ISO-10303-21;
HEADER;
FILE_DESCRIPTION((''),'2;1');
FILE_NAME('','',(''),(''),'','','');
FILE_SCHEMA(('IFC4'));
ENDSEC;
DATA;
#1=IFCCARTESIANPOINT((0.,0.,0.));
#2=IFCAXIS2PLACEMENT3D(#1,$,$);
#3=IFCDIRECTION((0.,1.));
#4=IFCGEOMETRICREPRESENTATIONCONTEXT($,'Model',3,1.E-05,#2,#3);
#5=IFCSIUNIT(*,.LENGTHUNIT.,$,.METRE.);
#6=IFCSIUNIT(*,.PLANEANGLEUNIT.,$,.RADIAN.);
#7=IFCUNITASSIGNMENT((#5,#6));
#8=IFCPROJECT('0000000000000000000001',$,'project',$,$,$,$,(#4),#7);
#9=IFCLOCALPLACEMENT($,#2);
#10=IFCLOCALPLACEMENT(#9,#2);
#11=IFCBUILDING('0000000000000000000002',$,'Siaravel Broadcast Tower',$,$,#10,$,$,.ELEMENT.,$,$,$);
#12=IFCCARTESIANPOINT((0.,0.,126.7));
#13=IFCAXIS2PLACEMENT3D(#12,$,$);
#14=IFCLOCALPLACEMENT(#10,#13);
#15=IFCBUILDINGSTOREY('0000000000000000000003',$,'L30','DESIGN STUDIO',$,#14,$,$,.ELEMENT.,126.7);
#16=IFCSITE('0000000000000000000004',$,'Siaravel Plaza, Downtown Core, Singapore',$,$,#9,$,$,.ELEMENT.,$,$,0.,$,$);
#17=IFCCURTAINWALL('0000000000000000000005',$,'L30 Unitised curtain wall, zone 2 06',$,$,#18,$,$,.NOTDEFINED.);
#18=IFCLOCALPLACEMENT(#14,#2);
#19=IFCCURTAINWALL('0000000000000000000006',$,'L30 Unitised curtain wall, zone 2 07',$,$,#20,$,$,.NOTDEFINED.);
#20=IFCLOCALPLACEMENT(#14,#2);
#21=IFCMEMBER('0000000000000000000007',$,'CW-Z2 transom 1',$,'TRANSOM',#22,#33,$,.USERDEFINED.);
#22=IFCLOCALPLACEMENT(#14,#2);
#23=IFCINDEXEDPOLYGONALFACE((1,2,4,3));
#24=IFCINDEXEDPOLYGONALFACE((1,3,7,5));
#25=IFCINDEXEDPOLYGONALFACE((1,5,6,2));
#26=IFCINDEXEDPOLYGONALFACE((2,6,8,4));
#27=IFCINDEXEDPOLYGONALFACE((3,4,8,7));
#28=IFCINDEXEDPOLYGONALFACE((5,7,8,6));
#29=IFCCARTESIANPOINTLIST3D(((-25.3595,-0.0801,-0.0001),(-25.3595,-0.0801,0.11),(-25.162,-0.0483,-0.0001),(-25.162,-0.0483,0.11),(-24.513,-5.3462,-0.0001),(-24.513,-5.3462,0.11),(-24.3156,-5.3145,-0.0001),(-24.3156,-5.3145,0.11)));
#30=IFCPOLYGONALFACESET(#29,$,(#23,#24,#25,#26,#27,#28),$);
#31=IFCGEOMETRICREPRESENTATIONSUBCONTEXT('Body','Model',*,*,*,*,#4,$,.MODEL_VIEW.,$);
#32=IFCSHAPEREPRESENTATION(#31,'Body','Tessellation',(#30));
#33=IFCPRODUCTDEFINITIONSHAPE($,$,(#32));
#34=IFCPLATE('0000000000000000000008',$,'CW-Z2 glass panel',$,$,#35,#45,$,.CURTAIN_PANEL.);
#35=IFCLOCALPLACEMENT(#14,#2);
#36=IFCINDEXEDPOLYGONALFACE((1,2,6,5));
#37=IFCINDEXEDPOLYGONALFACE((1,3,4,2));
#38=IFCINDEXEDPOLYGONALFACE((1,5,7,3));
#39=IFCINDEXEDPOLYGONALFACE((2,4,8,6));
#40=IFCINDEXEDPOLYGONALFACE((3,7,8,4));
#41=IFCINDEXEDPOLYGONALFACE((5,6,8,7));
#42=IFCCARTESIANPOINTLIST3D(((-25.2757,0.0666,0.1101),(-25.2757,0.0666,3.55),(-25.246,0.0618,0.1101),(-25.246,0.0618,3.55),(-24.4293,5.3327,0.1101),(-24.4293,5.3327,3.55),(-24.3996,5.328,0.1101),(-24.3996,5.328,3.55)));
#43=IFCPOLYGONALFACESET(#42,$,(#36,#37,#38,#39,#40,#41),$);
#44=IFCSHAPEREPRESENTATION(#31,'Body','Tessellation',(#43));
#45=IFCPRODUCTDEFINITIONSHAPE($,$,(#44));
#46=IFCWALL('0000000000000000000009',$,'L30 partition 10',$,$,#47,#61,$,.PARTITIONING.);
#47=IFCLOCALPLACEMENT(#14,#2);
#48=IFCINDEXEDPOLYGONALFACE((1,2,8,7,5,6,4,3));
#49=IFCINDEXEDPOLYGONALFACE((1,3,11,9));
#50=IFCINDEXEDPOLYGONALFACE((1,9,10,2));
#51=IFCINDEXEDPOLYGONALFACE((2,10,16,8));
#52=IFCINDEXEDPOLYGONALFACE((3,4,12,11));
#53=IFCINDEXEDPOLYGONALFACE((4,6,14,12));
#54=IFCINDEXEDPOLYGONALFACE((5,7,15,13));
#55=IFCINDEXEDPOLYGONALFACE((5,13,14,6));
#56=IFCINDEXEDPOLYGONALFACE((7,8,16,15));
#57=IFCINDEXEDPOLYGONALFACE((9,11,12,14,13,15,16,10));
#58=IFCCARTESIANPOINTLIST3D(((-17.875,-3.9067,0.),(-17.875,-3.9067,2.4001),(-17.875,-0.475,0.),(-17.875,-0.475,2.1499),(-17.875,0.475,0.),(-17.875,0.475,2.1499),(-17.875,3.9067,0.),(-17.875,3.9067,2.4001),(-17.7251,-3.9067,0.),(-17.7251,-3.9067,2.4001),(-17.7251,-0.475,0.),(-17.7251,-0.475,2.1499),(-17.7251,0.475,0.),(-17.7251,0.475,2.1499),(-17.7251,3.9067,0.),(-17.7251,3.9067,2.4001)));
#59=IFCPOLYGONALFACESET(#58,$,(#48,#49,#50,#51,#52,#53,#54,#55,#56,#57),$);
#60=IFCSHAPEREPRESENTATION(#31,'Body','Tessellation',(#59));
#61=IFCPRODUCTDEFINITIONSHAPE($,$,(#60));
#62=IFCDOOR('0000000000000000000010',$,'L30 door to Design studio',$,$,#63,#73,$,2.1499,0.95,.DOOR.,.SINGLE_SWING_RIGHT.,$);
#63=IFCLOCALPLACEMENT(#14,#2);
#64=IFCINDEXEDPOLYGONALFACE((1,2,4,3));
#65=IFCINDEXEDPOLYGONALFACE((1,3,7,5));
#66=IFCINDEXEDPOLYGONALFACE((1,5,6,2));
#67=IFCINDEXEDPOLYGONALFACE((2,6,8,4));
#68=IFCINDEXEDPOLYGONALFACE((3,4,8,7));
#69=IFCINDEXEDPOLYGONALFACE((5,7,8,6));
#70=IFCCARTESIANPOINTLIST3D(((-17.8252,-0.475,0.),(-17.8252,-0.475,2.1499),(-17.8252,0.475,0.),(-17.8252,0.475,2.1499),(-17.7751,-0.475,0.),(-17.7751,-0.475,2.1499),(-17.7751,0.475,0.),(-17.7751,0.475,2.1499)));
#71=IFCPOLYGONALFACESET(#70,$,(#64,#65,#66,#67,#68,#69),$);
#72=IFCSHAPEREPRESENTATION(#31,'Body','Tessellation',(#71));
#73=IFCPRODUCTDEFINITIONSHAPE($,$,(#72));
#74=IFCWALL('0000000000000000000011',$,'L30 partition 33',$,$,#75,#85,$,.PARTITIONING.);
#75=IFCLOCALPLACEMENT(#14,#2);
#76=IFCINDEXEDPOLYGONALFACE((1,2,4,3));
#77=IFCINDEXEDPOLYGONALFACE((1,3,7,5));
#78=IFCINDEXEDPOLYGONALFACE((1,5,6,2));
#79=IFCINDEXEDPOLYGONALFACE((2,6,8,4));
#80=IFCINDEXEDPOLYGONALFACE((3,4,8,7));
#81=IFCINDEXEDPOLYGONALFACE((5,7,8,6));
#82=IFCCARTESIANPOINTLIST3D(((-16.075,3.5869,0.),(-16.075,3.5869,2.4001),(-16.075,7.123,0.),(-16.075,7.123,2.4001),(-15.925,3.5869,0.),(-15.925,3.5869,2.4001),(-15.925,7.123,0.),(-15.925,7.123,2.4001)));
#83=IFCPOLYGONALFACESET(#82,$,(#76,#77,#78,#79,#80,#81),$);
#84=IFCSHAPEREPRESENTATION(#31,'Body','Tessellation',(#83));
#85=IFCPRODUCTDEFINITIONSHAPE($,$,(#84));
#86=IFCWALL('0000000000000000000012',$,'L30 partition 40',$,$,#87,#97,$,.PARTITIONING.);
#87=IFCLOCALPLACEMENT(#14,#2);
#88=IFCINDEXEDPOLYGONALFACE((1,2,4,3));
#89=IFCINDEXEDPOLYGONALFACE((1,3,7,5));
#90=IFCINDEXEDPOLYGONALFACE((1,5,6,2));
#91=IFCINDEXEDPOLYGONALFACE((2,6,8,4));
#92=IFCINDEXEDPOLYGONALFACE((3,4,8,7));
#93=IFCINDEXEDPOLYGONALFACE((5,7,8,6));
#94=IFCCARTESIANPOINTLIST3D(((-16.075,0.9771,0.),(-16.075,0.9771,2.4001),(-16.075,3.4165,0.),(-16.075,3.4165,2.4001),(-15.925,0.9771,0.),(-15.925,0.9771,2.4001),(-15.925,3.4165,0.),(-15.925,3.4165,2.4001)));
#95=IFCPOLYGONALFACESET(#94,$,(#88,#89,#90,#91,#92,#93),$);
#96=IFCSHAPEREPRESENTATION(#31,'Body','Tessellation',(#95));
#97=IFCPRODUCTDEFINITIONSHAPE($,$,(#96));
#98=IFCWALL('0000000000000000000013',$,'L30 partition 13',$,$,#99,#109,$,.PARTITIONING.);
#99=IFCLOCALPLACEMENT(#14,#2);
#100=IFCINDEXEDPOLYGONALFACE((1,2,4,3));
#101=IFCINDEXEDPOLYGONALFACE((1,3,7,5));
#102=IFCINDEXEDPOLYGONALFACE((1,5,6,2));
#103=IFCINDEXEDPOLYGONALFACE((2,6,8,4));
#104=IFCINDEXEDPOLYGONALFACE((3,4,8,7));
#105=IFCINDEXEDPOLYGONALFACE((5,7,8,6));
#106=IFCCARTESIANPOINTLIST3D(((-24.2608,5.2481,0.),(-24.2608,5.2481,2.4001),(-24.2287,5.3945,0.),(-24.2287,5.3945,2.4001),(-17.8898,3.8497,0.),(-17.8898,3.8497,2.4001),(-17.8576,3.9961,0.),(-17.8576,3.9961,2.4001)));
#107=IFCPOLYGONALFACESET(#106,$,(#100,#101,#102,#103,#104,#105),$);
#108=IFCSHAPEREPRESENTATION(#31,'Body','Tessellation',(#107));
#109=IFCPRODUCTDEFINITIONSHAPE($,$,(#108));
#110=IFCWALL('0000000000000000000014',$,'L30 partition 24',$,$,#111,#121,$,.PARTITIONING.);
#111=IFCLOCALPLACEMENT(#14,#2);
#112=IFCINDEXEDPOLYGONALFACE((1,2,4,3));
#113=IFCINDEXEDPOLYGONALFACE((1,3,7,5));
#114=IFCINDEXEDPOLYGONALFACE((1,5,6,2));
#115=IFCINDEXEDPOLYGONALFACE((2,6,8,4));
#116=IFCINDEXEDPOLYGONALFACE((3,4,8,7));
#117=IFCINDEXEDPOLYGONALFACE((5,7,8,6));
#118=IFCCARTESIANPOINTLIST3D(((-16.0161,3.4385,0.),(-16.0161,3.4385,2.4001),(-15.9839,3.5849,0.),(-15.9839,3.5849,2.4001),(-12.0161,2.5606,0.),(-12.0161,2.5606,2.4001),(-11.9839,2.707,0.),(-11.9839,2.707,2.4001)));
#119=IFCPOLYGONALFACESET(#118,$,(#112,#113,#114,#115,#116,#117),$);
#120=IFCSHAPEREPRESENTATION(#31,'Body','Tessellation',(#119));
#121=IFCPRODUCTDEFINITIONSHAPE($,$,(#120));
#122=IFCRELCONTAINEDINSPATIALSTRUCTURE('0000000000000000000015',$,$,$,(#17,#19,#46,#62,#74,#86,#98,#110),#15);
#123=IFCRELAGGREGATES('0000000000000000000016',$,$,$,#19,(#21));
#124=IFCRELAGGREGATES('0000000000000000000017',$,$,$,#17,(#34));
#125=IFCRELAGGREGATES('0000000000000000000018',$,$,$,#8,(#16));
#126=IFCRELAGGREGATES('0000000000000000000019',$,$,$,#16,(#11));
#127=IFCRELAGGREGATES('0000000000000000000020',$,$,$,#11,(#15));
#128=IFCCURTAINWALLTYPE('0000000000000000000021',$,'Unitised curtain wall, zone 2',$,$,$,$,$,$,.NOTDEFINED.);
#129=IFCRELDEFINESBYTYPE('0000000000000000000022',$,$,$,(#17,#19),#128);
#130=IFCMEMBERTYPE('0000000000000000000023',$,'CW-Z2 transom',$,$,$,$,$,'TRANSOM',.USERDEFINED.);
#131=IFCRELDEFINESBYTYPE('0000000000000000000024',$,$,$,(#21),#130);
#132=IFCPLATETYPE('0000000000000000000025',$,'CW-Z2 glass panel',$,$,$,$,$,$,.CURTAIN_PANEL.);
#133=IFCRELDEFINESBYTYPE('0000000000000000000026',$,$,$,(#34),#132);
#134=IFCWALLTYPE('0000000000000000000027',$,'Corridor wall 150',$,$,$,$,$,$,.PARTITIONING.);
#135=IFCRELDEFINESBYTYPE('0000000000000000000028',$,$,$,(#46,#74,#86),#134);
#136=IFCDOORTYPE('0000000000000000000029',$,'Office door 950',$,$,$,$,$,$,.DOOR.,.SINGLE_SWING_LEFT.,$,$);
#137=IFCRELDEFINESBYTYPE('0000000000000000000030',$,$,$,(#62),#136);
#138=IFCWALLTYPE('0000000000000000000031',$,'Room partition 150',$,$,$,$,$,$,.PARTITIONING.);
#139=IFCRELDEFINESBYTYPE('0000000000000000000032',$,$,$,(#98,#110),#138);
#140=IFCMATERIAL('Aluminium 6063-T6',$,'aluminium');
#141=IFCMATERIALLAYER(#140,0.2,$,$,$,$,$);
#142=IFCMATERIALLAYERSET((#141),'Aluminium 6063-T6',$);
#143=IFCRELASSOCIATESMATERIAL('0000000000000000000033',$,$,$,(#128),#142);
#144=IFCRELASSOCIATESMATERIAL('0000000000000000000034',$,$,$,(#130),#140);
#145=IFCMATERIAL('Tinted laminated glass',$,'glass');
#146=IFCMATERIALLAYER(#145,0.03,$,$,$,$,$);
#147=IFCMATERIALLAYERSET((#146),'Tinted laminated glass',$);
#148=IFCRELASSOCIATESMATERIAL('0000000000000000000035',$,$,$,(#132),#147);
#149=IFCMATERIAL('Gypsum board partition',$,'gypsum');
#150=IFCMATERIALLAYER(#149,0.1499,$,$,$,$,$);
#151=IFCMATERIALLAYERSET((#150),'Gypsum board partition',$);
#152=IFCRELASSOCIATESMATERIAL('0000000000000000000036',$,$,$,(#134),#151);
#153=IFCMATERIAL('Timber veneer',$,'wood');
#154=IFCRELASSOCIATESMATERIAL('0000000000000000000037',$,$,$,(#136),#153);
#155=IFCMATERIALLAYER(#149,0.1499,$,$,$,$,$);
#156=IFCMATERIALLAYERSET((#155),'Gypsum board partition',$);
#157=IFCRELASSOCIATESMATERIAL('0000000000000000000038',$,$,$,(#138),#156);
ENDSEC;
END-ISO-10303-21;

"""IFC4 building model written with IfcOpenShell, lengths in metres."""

from ifc_helpers import new_model, si_unit, direction, frame, frame_2d, origin, origin_2d, place, context, subcontext, project, spatial, rectangle, extrude, material, layer, layer_set, material_profile, profile_set, type_object, element, fill, aggregate, save


model = new_model("IFC4")

# Units and contexts
model_context = context("Model", 3, precision=1e-05, world=origin(), true_north=direction((0.0, 1.0)))
body_context = subcontext(model_context, "Body", "Model", "MODEL_VIEW")
ifc_project = project(units=[si_unit("LENGTHUNIT", "METRE"), si_unit("PLANEANGLEUNIT", "RADIAN")], contexts=[model_context])

# Site, building, storey
site_placement = place(None, origin())
site = spatial("IfcSite", under=ifc_project, at=site_placement, Name="Siaravel Plaza, Downtown Core, Singapore", CompositionType="ELEMENT", RefElevation=0.0)
building_placement = place(site_placement, origin())
building = spatial("IfcBuilding", under=site, at=building_placement, Name="Siaravel Broadcast Tower", CompositionType="ELEMENT")
storey_placement = place(building_placement, frame((0.0, 0.0, 126.7)))
storey = spatial("IfcBuildingStorey", under=building, at=storey_placement, Name="L30", Description="DESIGN STUDIO", CompositionType="ELEMENT", Elevation=126.7)

# Curtain wall
ifc_material_1 = material(Name="Aluminium 6063-T6", Category="aluminium")
ifc_layer_1 = layer(ifc_material_1, 0.2)
ifc_layer_set_1 = layer_set([ifc_layer_1], Name="Aluminium 6063-T6")
curtain_wall_type = type_object("IfcCurtainWallType", Name="Unitised curtain wall, zone 2", PredefinedType="NOTDEFINED", material=ifc_layer_set_1)
curtain_wall_1_placement = place(storey_placement, origin())
curtain_wall_1 = element("IfcCurtainWall", 1, at=curtain_wall_1_placement, inside=storey, type_object=curtain_wall_type, Name="L30 Unitised curtain wall, zone 2 06", PredefinedType="NOTDEFINED")

# Curtain wall
curtain_wall_2_placement = place(storey_placement, origin())
curtain_wall_2 = element("IfcCurtainWall", 2, at=curtain_wall_2_placement, inside=storey, type_object=curtain_wall_type, Name="L30 Unitised curtain wall, zone 2 07", PredefinedType="NOTDEFINED")

# Member
ifc_material_profile_1 = material_profile(ifc_material_1, rectangle(XDim=0.2, YDim=0.1101, at=origin_2d()))
ifc_profile_set_1 = profile_set([ifc_material_profile_1], Name="Aluminium 6063-T6")
member_type_1 = type_object("IfcMemberType", Name="CW-Z2 transom", ElementType="TRANSOM", PredefinedType="USERDEFINED", material=ifc_profile_set_1)
member_1_placement = place(storey_placement, frame((-25.2607, -0.0642, 0.0549), z_axis=(0.158696, -0.987328, 0.0), x_axis=(0.987328, 0.158696, 0.0)))
member_1 = element("IfcMember", 3, at=member_1_placement, type_object=member_type_1, Name="CW-Z2 transom 1", ObjectType="TRANSOM", PredefinedType="USERDEFINED", context=body_context, shape_type="SweptSolid", body=[
    extrude(rectangle(XDim=0.2, YDim=0.1101, at=origin_2d()), origin(), (0.0, 0.0, 1.0), 5.3337),
])
aggregate(curtain_wall_2, [member_1])

# Plate
ifc_material_2 = material(Name="Tinted laminated glass", Category="glass")
ifc_layer_2 = layer(ifc_material_2, 0.03)
ifc_layer_set_2 = layer_set([ifc_layer_2], Name="Tinted laminated glass")
plate_type = type_object("IfcPlateType", Name="CW-Z2 glass panel", PredefinedType="CURTAIN_PANEL", material=ifc_layer_set_2)
plate_placement = place(storey_placement, frame((-24.8376, 2.6973, 0.1101), z_axis=(0.0, 0.0, 1.0), x_axis=(-0.158686, -0.987329, 0.0)))
plate = element("IfcPlate", 4, at=plate_placement, type_object=plate_type, Name="CW-Z2 glass panel", PredefinedType="CURTAIN_PANEL", context=body_context, shape_type="SweptSolid", body=[
    extrude(rectangle(XDim=5.3337, YDim=0.03, at=origin_2d()), origin(), (0.0, 0.0, 1.0), 3.4399),
])
aggregate(curtain_wall_1, [plate])

# Wall, opening, door
ifc_material_3 = material(Name="Gypsum board partition", Category="gypsum")
ifc_layer_3 = layer(ifc_material_3, 0.1499)
ifc_layer_set_3 = layer_set([ifc_layer_3], Name="Gypsum board partition")
wall_type_1 = type_object("IfcWallType", Name="Corridor wall 150", PredefinedType="PARTITIONING", material=ifc_layer_set_3)
wall_1_placement = place(storey_placement, frame((-17.8, 3.9067, 0.0), z_axis=(0.0, 0.0, 1.0), x_axis=(0.0, -1.0, 0.0)))
wall_1 = element("IfcWall", 5, at=wall_1_placement, inside=storey, type_object=wall_type_1, Name="L30 partition 10", PredefinedType="PARTITIONING", context=body_context, shape_type="SweptSolid", body=[
    extrude(rectangle(XDim=7.8135, YDim=0.1499, at=frame_2d((3.9067, 0.0))), origin(), (0.0, 0.0, 1.0), 2.4001),
])
opening_1_placement = place(wall_1_placement, frame((3.4316, 0.0, 0.0)))
opening_1 = element("IfcOpeningElement", 6, at=opening_1_placement, cuts=wall_1, PredefinedType="OPENING", context=body_context, shape_type="SweptSolid", body=[
    extrude(rectangle(XDim=0.95, YDim=2.1499, at=frame_2d((0.4751, 1.075))), frame((0.0, 0.085, 0.0), z_axis=(0.0, -1.0, 0.0), x_axis=(1.0, 0.0, 0.0)), (0.0, 0.0, 1.0), 0.1699),
])
ifc_material_4 = material(Name="Timber veneer", Category="wood")
door_type = type_object("IfcDoorType", Name="Office door 950", OperationType="SINGLE_SWING_LEFT", PredefinedType="DOOR", material=ifc_material_4)
door_1_placement = place(opening_1_placement, origin())
door_1 = element("IfcDoor", 7, at=door_1_placement, inside=storey, type_object=door_type, Name="L30 door to Design studio", OperationType="SINGLE_SWING_RIGHT", OverallHeight=2.1499, OverallWidth=0.95, PredefinedType="DOOR", context=body_context, shape_type="SweptSolid", body=[
    extrude(rectangle(XDim=0.95, YDim=2.1499, at=frame_2d((0.4751, 1.075))), frame((0.0, 0.0249, 0.0), z_axis=(0.0, -1.0, 0.0), x_axis=(1.0, 0.0, 0.0)), (0.0, 0.0, 1.0), 0.05),
])
fill(opening_1, door_1)

# Walls
wall_2_placement = place(storey_placement, frame((-16.0, 3.5869, 0.0), z_axis=(0.0, 0.0, 1.0), x_axis=(0.0, 1.0, 0.0)))
element("IfcWall", 8, at=wall_2_placement, inside=storey, type_object=wall_type_1, Name="L30 partition 33", PredefinedType="PARTITIONING", context=body_context, shape_type="SweptSolid", body=[
    extrude(rectangle(XDim=3.5361, YDim=0.1499, at=frame_2d((1.7681, 0.0))), origin(), (0.0, 0.0, 1.0), 2.4001),
])
wall_3_placement = place(storey_placement, frame((-16.0, 0.9771, 0.0), z_axis=(0.0, 0.0, 1.0), x_axis=(0.0, 1.0, 0.0)))
element("IfcWall", 9, at=wall_3_placement, inside=storey, type_object=wall_type_1, Name="L30 partition 40", PredefinedType="PARTITIONING", context=body_context, shape_type="SweptSolid", body=[
    extrude(rectangle(XDim=2.4395, YDim=0.1499, at=frame_2d((1.2197, 0.0))), origin(), (0.0, 0.0, 1.0), 2.4001),
])
ifc_layer_4 = layer(ifc_material_3, 0.1499)
ifc_layer_set_4 = layer_set([ifc_layer_4], Name="Gypsum board partition")
wall_type_2 = type_object("IfcWallType", Name="Room partition 150", PredefinedType="PARTITIONING", material=ifc_layer_set_4)
wall_4_placement = place(storey_placement, frame((-24.2446, 5.3213, 0.0), z_axis=(0.0, 0.0, 1.0), x_axis=(0.976747, -0.214393, 0.0)))
element("IfcWall", 10, at=wall_4_placement, inside=storey, type_object=wall_type_2, Name="L30 partition 13", PredefinedType="PARTITIONING", context=body_context, shape_type="SweptSolid", body=[
    extrude(rectangle(XDim=6.5227, YDim=0.1499, at=frame_2d((3.2612, 0.0))), origin(), (0.0, 0.0, 1.0), 2.4001),
])
wall_5_placement = place(storey_placement, frame((-16.0, 3.5117, 0.0), z_axis=(0.0, 0.0, 1.0), x_axis=(0.97675, -0.21438, 0.0)))
element("IfcWall", 11, at=wall_5_placement, inside=storey, type_object=wall_type_2, Name="L30 partition 24", PredefinedType="PARTITIONING", context=body_context, shape_type="SweptSolid", body=[
    extrude(rectangle(XDim=4.0952, YDim=0.1499, at=frame_2d((2.0476, 0.0))), origin(), (0.0, 0.0, 1.0), 2.4001),
])

save(model, "model.ifc")
